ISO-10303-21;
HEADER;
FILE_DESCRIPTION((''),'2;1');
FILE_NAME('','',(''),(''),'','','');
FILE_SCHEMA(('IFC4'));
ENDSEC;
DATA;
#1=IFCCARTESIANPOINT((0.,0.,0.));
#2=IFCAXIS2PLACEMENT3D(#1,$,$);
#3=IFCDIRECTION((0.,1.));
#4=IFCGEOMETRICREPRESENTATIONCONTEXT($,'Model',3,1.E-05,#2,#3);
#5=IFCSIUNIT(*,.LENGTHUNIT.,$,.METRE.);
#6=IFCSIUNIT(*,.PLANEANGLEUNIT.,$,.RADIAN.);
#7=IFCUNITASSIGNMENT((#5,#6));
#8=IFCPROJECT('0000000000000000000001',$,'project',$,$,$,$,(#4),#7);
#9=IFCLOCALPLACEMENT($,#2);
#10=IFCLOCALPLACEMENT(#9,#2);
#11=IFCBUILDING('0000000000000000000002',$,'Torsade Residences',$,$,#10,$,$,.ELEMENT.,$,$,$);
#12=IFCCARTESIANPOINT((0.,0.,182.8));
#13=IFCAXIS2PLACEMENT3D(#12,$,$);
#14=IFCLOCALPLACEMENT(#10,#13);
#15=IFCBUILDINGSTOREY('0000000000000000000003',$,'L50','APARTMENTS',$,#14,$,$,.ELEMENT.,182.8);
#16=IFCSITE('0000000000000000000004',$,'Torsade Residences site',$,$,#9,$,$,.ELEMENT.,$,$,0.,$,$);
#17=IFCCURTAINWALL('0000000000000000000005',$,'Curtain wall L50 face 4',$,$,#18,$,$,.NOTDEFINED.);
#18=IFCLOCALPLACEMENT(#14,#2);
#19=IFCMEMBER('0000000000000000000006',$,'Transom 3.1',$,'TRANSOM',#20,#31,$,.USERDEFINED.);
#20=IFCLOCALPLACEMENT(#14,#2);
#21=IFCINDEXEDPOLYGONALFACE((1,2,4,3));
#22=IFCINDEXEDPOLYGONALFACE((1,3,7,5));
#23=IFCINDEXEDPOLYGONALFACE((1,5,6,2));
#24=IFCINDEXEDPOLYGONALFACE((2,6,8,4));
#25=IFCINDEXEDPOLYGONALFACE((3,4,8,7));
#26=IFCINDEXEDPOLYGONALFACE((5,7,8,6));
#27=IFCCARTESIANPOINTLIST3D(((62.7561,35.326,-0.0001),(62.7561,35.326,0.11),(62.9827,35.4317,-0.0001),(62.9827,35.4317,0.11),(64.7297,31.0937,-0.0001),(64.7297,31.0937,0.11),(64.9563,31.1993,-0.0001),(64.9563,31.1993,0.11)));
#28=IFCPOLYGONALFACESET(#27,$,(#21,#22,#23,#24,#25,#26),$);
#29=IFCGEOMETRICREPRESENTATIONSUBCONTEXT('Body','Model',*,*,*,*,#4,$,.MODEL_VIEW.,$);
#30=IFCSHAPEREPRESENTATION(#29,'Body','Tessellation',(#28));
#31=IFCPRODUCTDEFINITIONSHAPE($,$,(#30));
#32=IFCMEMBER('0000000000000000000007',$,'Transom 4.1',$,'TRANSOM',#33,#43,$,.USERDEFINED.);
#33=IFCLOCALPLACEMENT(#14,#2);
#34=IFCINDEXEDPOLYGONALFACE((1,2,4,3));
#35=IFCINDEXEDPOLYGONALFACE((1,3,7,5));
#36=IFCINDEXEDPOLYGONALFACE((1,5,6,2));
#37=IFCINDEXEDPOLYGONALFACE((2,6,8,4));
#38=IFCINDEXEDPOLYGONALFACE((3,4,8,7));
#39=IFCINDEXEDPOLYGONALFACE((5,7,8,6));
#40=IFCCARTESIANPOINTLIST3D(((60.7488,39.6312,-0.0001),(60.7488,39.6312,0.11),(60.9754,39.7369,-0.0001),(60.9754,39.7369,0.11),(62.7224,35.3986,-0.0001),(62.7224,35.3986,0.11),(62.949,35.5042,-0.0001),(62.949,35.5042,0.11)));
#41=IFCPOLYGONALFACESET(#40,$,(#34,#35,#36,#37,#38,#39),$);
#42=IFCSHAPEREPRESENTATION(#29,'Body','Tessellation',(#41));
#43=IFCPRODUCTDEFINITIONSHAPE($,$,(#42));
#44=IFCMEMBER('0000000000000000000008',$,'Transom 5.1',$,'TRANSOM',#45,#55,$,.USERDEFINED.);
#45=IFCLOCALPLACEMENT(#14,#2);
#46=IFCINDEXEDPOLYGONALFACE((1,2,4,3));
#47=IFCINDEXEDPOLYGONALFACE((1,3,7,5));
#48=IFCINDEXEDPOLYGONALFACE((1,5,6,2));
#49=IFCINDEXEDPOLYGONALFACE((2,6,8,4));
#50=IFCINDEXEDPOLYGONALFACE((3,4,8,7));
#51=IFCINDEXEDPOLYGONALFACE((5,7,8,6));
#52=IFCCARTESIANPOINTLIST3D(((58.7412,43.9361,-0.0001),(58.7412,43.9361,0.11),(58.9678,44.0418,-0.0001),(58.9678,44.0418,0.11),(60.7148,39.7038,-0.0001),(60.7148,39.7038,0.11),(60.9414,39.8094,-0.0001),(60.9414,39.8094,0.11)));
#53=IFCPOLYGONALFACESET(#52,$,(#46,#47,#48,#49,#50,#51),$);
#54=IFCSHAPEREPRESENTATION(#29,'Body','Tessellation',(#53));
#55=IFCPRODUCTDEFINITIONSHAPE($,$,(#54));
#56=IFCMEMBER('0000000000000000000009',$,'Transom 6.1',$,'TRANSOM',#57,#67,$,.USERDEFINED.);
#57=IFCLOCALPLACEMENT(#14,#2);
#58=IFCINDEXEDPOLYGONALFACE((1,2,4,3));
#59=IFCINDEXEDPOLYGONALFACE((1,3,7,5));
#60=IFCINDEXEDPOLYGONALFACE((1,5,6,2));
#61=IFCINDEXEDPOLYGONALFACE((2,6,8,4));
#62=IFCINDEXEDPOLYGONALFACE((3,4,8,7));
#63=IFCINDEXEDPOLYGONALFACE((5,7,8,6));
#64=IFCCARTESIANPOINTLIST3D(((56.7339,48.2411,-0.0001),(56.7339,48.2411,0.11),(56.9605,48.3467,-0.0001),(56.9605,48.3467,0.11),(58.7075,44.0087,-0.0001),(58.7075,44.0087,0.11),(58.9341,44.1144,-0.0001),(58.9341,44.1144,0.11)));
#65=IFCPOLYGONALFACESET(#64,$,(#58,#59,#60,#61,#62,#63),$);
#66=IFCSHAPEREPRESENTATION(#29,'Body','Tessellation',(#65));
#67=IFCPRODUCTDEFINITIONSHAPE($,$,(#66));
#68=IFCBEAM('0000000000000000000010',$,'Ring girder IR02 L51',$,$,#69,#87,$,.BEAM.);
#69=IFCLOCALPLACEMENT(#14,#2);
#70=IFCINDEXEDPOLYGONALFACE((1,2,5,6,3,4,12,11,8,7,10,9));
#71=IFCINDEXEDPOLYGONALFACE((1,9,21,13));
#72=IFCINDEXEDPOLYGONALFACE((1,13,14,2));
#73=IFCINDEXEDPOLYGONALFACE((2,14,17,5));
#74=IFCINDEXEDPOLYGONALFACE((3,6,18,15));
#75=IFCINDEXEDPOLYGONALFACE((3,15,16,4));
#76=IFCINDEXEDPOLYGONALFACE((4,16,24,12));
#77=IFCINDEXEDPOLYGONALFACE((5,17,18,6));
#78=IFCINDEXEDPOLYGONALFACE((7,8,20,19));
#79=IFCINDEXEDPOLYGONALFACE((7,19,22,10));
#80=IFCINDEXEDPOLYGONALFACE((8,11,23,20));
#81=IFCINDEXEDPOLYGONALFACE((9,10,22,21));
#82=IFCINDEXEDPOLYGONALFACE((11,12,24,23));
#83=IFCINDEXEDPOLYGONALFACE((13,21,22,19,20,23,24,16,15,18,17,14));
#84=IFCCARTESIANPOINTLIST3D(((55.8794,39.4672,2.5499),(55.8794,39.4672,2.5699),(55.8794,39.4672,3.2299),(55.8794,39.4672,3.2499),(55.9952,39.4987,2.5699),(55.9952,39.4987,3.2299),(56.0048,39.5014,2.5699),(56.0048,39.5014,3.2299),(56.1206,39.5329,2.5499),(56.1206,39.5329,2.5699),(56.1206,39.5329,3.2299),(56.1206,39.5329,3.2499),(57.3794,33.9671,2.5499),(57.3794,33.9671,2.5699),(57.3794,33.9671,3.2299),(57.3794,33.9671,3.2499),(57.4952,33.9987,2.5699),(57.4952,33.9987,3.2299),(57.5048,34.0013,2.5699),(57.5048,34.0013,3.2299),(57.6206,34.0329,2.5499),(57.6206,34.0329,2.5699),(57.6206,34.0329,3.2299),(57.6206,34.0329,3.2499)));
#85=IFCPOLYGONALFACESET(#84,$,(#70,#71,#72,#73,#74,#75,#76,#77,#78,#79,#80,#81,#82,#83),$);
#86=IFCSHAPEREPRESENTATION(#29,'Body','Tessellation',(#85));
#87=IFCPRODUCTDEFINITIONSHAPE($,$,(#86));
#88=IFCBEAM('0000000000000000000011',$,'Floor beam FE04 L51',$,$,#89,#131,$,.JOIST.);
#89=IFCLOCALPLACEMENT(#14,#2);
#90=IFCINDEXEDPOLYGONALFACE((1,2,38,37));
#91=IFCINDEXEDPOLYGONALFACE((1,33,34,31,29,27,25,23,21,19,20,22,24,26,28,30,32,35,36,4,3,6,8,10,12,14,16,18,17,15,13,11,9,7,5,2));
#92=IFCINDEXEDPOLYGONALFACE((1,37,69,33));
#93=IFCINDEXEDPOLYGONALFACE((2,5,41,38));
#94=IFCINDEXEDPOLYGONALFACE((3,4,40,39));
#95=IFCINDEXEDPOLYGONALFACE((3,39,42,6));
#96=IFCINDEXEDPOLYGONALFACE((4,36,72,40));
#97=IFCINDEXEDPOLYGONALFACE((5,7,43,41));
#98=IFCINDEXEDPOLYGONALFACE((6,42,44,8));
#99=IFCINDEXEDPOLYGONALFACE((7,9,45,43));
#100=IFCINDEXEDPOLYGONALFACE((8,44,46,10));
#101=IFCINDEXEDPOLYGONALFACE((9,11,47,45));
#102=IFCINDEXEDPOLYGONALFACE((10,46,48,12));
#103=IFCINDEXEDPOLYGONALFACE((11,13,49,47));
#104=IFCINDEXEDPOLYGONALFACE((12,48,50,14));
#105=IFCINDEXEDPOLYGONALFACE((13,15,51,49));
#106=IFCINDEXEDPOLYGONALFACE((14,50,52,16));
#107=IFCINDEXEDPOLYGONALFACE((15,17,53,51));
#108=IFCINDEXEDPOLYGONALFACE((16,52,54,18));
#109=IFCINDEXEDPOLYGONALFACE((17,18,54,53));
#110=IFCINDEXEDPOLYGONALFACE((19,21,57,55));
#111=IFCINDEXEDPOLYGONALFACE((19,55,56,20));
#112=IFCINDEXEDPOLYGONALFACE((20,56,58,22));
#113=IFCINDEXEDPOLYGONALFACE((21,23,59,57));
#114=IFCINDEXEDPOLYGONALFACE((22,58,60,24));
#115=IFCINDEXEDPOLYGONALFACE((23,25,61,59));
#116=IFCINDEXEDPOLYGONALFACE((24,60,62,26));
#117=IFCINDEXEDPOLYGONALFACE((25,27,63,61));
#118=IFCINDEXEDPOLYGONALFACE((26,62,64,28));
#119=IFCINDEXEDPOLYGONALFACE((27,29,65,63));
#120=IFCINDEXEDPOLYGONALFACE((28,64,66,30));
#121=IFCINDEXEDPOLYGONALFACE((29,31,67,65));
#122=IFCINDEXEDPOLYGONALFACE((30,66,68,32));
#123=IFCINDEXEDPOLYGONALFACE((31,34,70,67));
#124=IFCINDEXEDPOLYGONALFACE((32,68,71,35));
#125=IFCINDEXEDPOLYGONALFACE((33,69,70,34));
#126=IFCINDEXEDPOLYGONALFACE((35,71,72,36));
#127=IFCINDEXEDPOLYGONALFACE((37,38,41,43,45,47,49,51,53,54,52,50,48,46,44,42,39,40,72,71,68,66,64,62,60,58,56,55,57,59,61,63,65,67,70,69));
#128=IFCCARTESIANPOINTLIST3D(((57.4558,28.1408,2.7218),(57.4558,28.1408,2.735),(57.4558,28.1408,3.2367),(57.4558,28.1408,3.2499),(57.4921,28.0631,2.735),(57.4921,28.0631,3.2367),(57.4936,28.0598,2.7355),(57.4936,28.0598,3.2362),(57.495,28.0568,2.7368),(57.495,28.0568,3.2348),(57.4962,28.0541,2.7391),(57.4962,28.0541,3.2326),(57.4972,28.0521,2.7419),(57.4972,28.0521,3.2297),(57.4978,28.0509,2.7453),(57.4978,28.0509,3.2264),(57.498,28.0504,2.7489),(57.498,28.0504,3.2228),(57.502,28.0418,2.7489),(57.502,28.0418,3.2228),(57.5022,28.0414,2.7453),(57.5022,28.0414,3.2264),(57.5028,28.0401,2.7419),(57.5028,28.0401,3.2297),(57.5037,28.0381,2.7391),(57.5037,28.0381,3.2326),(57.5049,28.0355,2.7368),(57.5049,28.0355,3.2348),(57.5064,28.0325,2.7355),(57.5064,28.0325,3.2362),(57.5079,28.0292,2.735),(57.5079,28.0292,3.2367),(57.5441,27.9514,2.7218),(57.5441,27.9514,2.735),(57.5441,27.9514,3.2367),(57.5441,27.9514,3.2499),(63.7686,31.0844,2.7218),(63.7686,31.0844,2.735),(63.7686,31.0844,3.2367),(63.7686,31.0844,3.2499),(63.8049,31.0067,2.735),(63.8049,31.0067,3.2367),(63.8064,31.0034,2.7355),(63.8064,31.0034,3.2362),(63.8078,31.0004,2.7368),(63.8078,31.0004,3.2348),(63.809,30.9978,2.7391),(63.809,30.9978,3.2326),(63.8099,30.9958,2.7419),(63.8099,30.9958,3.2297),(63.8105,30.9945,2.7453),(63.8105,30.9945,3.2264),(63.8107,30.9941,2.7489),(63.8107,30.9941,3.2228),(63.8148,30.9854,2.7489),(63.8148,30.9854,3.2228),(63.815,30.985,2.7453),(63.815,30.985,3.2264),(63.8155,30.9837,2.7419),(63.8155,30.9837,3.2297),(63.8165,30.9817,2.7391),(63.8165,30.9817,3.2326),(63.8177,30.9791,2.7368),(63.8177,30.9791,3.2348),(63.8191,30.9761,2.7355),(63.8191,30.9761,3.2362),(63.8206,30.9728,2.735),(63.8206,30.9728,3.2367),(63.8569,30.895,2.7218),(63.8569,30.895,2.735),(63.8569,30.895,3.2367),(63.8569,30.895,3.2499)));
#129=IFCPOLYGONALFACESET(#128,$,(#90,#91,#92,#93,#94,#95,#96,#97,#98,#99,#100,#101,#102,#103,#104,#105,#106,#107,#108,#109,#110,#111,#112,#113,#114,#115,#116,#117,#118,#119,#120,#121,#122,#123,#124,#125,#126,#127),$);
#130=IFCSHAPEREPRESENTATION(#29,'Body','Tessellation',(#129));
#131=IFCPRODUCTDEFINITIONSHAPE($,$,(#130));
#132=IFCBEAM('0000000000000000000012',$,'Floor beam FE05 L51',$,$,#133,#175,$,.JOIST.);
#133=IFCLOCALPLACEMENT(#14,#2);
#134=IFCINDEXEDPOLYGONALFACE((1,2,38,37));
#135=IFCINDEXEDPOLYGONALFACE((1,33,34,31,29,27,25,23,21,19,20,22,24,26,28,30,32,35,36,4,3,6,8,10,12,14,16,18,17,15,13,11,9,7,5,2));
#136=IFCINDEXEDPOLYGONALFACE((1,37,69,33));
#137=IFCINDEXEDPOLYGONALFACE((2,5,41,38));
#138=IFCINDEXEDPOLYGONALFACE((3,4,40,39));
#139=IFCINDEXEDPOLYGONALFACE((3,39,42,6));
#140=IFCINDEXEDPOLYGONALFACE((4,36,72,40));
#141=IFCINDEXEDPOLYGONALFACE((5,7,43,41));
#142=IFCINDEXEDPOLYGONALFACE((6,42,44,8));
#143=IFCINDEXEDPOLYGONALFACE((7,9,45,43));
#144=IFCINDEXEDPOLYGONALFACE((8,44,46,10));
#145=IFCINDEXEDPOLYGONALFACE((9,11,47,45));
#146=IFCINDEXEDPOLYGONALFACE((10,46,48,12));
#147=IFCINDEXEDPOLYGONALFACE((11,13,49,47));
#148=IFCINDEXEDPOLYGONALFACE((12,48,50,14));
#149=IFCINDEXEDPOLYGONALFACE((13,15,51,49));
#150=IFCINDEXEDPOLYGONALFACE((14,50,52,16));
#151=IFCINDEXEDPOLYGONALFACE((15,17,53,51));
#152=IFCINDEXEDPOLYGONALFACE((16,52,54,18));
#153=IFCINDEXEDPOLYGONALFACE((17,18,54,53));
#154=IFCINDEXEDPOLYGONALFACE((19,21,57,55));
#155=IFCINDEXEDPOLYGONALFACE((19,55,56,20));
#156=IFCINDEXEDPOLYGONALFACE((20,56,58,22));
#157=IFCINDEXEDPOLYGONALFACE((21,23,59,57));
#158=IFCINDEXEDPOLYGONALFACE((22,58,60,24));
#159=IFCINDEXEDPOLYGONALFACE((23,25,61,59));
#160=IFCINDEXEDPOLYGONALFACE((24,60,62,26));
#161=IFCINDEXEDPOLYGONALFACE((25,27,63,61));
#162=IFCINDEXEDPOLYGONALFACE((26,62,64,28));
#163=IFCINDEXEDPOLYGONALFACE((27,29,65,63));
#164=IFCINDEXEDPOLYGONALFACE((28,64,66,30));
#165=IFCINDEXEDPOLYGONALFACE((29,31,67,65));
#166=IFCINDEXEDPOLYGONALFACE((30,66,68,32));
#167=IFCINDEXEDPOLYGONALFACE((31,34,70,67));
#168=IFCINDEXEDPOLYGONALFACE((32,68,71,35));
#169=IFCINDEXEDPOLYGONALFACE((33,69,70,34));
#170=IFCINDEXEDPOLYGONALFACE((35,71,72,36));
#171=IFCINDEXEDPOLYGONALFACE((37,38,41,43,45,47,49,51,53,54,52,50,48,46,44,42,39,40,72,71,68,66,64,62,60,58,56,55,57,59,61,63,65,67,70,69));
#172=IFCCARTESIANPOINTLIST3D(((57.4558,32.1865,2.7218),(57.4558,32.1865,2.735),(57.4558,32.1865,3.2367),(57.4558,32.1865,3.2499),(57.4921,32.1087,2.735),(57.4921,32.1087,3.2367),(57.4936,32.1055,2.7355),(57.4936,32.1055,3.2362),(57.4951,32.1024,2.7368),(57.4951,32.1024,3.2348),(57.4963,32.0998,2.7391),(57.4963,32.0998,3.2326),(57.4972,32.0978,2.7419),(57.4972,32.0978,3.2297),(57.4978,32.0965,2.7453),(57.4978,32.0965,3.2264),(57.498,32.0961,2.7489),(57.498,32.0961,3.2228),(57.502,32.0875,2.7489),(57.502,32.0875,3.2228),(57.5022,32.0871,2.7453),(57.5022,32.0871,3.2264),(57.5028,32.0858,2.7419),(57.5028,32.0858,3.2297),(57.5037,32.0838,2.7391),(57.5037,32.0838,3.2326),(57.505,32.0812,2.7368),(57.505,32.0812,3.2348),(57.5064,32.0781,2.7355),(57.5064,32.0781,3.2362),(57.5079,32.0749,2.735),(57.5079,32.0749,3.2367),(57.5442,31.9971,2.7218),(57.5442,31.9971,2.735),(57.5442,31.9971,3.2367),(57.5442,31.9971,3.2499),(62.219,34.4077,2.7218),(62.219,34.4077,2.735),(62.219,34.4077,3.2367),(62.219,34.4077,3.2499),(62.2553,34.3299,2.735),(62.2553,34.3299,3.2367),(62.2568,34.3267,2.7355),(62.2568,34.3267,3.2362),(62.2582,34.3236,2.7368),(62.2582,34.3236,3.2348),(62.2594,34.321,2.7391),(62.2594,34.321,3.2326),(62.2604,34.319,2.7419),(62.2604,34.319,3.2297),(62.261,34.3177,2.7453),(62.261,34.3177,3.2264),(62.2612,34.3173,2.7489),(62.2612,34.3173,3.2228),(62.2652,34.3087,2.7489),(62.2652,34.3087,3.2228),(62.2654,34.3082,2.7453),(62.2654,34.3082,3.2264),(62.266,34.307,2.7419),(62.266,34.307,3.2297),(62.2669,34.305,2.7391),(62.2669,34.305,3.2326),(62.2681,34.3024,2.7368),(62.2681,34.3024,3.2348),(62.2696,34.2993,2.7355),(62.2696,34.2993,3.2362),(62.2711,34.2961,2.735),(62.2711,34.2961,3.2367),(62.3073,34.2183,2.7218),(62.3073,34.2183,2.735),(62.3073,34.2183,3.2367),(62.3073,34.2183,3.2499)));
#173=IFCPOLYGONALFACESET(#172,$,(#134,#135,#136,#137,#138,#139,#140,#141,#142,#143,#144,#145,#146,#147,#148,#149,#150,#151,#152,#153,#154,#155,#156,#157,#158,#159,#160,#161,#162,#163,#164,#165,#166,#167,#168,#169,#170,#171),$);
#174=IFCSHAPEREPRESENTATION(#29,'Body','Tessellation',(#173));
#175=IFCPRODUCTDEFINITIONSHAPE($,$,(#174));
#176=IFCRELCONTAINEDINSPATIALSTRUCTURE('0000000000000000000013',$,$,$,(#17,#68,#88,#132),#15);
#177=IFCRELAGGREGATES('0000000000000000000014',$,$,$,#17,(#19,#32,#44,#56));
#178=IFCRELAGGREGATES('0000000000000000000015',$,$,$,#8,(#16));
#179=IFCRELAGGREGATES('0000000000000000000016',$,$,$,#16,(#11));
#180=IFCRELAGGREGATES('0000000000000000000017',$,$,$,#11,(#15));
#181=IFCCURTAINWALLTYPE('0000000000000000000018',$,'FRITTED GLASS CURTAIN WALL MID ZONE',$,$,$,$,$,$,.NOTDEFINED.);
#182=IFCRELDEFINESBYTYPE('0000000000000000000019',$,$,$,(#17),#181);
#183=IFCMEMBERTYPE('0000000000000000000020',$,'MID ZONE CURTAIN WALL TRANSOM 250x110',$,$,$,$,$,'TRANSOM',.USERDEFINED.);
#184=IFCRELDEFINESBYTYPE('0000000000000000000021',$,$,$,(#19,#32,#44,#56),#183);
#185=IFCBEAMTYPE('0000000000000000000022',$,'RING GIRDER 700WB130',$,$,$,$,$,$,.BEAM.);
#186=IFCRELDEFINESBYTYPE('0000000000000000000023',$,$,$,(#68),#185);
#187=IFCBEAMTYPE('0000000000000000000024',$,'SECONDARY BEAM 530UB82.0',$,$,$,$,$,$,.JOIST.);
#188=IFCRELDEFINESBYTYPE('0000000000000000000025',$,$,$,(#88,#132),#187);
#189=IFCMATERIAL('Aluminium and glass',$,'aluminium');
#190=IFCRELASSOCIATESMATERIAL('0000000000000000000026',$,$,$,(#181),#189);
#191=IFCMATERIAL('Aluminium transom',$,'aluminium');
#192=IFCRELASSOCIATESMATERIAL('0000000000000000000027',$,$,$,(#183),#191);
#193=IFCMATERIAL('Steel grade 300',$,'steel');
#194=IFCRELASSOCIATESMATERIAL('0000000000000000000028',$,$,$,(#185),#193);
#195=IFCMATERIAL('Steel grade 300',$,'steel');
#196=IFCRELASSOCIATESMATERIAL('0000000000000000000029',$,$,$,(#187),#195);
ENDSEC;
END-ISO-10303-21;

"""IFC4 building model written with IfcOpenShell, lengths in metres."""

from ifc_helpers import new_model, si_unit, direction, frame, origin, origin_2d, place, context, subcontext, project, spatial, rectangle, i_section, extrude, material, material_profile, profile_set, type_object, element, aggregate, save


model = new_model("IFC4")

# Units and contexts
model_context = context("Model", 3, precision=1e-05, world=origin(), true_north=direction((0.0, 1.0)))
body_context = subcontext(model_context, "Body", "Model", "MODEL_VIEW")
ifc_project = project(units=[si_unit("LENGTHUNIT", "METRE"), si_unit("PLANEANGLEUNIT", "RADIAN")], contexts=[model_context])

# Site, building, storey
site_placement = place(None, origin())
site = spatial("IfcSite", under=ifc_project, at=site_placement, Name="Torsade Residences site", CompositionType="ELEMENT", RefElevation=0.0)
building_placement = place(site_placement, origin())
building = spatial("IfcBuilding", under=site, at=building_placement, Name="Torsade Residences", CompositionType="ELEMENT")
storey_placement = place(building_placement, frame((0.0, 0.0, 182.8)))
storey = spatial("IfcBuildingStorey", under=building, at=storey_placement, Name="L50", Description="APARTMENTS", CompositionType="ELEMENT", Elevation=182.8)

# Curtain wall, members
ifc_material_1 = material(Name="Aluminium and glass", Category="aluminium")
curtain_wall_type = type_object("IfcCurtainWallType", Name="FRITTED GLASS CURTAIN WALL MID ZONE", PredefinedType="NOTDEFINED", material=ifc_material_1)
curtain_wall_placement = place(storey_placement, origin())
curtain_wall = element("IfcCurtainWall", 1, at=curtain_wall_placement, inside=storey, type_object=curtain_wall_type, Name="Curtain wall L50 face 4", PredefinedType="NOTDEFINED")
ifc_material_2 = material(Name="Aluminium transom", Category="aluminium")
ifc_material_profile_1 = material_profile(ifc_material_2, rectangle(XDim=0.25, YDim=0.1101, at=origin_2d()), Name="MID ZONE CURTAIN WALL TRANSOM 250x110")
ifc_profile_set_1 = profile_set([ifc_material_profile_1], Name="Aluminium transom")
member_type_1 = type_object("IfcMemberType", Name="MID ZONE CURTAIN WALL TRANSOM 250x110", ElementType="TRANSOM", PredefinedType="USERDEFINED", material=ifc_profile_set_1)
member_1_placement = place(storey_placement, frame((64.843, 31.1465, 0.0549), z_axis=(-0.422622, 0.906306, 0.0), x_axis=(-0.906306, -0.422622, 0.0)))
member_1 = element("IfcMember", 2, at=member_1_placement, type_object=member_type_1, Name="Transom 3.1", ObjectType="TRANSOM", PredefinedType="USERDEFINED", context=body_context, shape_type="SweptSolid", body=[
    extrude(rectangle(XDim=0.25, YDim=0.1101, at=origin_2d()), origin(), (0.0, 0.0, 1.0), 4.6699),
])
member_2_placement = place(storey_placement, frame((62.8357, 35.4514, 0.0549), z_axis=(-0.422602, 0.906315, 0.0), x_axis=(-0.906315, -0.422602, 0.0)))
member_2 = element("IfcMember", 3, at=member_2_placement, type_object=member_type_1, Name="Transom 4.1", ObjectType="TRANSOM", PredefinedType="USERDEFINED", context=body_context, shape_type="SweptSolid", body=[
    extrude(rectangle(XDim=0.25, YDim=0.1101, at=origin_2d()), origin(), (0.0, 0.0, 1.0), 4.6702),
])
member_3_placement = place(storey_placement, frame((60.8281, 39.7566, 0.0549), z_axis=(-0.422622, 0.906306, 0.0), x_axis=(-0.906306, -0.422622, 0.0)))
member_3 = element("IfcMember", 4, at=member_3_placement, type_object=member_type_1, Name="Transom 5.1", ObjectType="TRANSOM", PredefinedType="USERDEFINED", context=body_context, shape_type="SweptSolid", body=[
    extrude(rectangle(XDim=0.25, YDim=0.1101, at=origin_2d()), origin(), (0.0, 0.0, 1.0), 4.6699),
])
member_4_placement = place(storey_placement, frame((58.8208, 44.0615, 0.0549), z_axis=(-0.422622, 0.906306, 0.0), x_axis=(-0.906306, -0.422622, 0.0)))
member_4 = element("IfcMember", 5, at=member_4_placement, type_object=member_type_1, Name="Transom 6.1", ObjectType="TRANSOM", PredefinedType="USERDEFINED", context=body_context, shape_type="SweptSolid", body=[
    extrude(rectangle(XDim=0.25, YDim=0.1101, at=origin_2d()), origin(), (0.0, 0.0, 1.0), 4.6699),
])

# Beams
ifc_material_3 = material(Name="Steel grade 300", Category="steel")
ifc_material_profile_2 = material_profile(ifc_material_3, i_section(OverallWidth=0.25, OverallDepth=0.7, WebThickness=0.01, FlangeThickness=0.02, at=origin_2d()), Name="700WB130")
ifc_profile_set_2 = profile_set([ifc_material_profile_2], Name="Steel grade 300")
beam_type_1 = type_object("IfcBeamType", Name="RING GIRDER 700WB130", PredefinedType="BEAM", material=ifc_profile_set_2)
beam_1_placement = place(storey_placement, frame((57.5, 34.0, 2.8999), z_axis=(-0.263117, 0.964764, 0.0), x_axis=(-0.964764, -0.263117, 0.0)))
element("IfcBeam", 6, at=beam_1_placement, inside=storey, type_object=beam_type_1, Name="Ring girder IR02 L51", PredefinedType="BEAM", context=body_context, shape_type="SweptSolid", body=[
    extrude(i_section(OverallWidth=0.25, OverallDepth=0.7, WebThickness=0.01, FlangeThickness=0.02, at=origin_2d()), origin(), (0.0, 0.0, 1.0), 5.7009),
])
ifc_material_4 = material(Name="Steel grade 300", Category="steel")
ifc_material_profile_3 = material_profile(ifc_material_4, i_section(OverallWidth=0.209, OverallDepth=0.5281, WebThickness=0.0095, FlangeThickness=0.0132, FilletRadius=0.0139, at=origin_2d()), Name="530UB82.0")
ifc_profile_set_3 = profile_set([ifc_material_profile_3], Name="Steel grade 300")
beam_type_2 = type_object("IfcBeamType", Name="SECONDARY BEAM 530UB82.0", PredefinedType="JOIST", material=ifc_profile_set_3)
beam_2_placement = place(storey_placement, frame((63.8127, 30.9897, 2.9858), z_axis=(-0.906312, -0.422609, 0.0), x_axis=(0.422609, -0.906312, 0.0)))
element("IfcBeam", 7, at=beam_2_placement, inside=storey, type_object=beam_type_2, Name="Floor beam FE04 L51", PredefinedType="JOIST", context=body_context, shape_type="SweptSolid", body=[
    extrude(i_section(OverallWidth=0.209, OverallDepth=0.5281, WebThickness=0.0095, FlangeThickness=0.0132, FilletRadius=0.0139, at=origin_2d()), origin(), (0.0, 0.0, 1.0), 6.9653),
])
beam_3_placement = place(storey_placement, frame((62.2632, 34.313, 2.9858), z_axis=(-0.906302, -0.422631, 0.0), x_axis=(0.422631, -0.906302, 0.0)))
element("IfcBeam", 8, at=beam_3_placement, inside=storey, type_object=beam_type_2, Name="Floor beam FE05 L51", PredefinedType="JOIST", context=body_context, shape_type="SweptSolid", body=[
    extrude(i_section(OverallWidth=0.209, OverallDepth=0.5281, WebThickness=0.0095, FlangeThickness=0.0132, FilletRadius=0.0139, at=origin_2d()), origin(), (0.0, 0.0, 1.0), 5.2556),
])

aggregate(curtain_wall, [member_1, member_2, member_3, member_4])

save(model, "model.ifc")
